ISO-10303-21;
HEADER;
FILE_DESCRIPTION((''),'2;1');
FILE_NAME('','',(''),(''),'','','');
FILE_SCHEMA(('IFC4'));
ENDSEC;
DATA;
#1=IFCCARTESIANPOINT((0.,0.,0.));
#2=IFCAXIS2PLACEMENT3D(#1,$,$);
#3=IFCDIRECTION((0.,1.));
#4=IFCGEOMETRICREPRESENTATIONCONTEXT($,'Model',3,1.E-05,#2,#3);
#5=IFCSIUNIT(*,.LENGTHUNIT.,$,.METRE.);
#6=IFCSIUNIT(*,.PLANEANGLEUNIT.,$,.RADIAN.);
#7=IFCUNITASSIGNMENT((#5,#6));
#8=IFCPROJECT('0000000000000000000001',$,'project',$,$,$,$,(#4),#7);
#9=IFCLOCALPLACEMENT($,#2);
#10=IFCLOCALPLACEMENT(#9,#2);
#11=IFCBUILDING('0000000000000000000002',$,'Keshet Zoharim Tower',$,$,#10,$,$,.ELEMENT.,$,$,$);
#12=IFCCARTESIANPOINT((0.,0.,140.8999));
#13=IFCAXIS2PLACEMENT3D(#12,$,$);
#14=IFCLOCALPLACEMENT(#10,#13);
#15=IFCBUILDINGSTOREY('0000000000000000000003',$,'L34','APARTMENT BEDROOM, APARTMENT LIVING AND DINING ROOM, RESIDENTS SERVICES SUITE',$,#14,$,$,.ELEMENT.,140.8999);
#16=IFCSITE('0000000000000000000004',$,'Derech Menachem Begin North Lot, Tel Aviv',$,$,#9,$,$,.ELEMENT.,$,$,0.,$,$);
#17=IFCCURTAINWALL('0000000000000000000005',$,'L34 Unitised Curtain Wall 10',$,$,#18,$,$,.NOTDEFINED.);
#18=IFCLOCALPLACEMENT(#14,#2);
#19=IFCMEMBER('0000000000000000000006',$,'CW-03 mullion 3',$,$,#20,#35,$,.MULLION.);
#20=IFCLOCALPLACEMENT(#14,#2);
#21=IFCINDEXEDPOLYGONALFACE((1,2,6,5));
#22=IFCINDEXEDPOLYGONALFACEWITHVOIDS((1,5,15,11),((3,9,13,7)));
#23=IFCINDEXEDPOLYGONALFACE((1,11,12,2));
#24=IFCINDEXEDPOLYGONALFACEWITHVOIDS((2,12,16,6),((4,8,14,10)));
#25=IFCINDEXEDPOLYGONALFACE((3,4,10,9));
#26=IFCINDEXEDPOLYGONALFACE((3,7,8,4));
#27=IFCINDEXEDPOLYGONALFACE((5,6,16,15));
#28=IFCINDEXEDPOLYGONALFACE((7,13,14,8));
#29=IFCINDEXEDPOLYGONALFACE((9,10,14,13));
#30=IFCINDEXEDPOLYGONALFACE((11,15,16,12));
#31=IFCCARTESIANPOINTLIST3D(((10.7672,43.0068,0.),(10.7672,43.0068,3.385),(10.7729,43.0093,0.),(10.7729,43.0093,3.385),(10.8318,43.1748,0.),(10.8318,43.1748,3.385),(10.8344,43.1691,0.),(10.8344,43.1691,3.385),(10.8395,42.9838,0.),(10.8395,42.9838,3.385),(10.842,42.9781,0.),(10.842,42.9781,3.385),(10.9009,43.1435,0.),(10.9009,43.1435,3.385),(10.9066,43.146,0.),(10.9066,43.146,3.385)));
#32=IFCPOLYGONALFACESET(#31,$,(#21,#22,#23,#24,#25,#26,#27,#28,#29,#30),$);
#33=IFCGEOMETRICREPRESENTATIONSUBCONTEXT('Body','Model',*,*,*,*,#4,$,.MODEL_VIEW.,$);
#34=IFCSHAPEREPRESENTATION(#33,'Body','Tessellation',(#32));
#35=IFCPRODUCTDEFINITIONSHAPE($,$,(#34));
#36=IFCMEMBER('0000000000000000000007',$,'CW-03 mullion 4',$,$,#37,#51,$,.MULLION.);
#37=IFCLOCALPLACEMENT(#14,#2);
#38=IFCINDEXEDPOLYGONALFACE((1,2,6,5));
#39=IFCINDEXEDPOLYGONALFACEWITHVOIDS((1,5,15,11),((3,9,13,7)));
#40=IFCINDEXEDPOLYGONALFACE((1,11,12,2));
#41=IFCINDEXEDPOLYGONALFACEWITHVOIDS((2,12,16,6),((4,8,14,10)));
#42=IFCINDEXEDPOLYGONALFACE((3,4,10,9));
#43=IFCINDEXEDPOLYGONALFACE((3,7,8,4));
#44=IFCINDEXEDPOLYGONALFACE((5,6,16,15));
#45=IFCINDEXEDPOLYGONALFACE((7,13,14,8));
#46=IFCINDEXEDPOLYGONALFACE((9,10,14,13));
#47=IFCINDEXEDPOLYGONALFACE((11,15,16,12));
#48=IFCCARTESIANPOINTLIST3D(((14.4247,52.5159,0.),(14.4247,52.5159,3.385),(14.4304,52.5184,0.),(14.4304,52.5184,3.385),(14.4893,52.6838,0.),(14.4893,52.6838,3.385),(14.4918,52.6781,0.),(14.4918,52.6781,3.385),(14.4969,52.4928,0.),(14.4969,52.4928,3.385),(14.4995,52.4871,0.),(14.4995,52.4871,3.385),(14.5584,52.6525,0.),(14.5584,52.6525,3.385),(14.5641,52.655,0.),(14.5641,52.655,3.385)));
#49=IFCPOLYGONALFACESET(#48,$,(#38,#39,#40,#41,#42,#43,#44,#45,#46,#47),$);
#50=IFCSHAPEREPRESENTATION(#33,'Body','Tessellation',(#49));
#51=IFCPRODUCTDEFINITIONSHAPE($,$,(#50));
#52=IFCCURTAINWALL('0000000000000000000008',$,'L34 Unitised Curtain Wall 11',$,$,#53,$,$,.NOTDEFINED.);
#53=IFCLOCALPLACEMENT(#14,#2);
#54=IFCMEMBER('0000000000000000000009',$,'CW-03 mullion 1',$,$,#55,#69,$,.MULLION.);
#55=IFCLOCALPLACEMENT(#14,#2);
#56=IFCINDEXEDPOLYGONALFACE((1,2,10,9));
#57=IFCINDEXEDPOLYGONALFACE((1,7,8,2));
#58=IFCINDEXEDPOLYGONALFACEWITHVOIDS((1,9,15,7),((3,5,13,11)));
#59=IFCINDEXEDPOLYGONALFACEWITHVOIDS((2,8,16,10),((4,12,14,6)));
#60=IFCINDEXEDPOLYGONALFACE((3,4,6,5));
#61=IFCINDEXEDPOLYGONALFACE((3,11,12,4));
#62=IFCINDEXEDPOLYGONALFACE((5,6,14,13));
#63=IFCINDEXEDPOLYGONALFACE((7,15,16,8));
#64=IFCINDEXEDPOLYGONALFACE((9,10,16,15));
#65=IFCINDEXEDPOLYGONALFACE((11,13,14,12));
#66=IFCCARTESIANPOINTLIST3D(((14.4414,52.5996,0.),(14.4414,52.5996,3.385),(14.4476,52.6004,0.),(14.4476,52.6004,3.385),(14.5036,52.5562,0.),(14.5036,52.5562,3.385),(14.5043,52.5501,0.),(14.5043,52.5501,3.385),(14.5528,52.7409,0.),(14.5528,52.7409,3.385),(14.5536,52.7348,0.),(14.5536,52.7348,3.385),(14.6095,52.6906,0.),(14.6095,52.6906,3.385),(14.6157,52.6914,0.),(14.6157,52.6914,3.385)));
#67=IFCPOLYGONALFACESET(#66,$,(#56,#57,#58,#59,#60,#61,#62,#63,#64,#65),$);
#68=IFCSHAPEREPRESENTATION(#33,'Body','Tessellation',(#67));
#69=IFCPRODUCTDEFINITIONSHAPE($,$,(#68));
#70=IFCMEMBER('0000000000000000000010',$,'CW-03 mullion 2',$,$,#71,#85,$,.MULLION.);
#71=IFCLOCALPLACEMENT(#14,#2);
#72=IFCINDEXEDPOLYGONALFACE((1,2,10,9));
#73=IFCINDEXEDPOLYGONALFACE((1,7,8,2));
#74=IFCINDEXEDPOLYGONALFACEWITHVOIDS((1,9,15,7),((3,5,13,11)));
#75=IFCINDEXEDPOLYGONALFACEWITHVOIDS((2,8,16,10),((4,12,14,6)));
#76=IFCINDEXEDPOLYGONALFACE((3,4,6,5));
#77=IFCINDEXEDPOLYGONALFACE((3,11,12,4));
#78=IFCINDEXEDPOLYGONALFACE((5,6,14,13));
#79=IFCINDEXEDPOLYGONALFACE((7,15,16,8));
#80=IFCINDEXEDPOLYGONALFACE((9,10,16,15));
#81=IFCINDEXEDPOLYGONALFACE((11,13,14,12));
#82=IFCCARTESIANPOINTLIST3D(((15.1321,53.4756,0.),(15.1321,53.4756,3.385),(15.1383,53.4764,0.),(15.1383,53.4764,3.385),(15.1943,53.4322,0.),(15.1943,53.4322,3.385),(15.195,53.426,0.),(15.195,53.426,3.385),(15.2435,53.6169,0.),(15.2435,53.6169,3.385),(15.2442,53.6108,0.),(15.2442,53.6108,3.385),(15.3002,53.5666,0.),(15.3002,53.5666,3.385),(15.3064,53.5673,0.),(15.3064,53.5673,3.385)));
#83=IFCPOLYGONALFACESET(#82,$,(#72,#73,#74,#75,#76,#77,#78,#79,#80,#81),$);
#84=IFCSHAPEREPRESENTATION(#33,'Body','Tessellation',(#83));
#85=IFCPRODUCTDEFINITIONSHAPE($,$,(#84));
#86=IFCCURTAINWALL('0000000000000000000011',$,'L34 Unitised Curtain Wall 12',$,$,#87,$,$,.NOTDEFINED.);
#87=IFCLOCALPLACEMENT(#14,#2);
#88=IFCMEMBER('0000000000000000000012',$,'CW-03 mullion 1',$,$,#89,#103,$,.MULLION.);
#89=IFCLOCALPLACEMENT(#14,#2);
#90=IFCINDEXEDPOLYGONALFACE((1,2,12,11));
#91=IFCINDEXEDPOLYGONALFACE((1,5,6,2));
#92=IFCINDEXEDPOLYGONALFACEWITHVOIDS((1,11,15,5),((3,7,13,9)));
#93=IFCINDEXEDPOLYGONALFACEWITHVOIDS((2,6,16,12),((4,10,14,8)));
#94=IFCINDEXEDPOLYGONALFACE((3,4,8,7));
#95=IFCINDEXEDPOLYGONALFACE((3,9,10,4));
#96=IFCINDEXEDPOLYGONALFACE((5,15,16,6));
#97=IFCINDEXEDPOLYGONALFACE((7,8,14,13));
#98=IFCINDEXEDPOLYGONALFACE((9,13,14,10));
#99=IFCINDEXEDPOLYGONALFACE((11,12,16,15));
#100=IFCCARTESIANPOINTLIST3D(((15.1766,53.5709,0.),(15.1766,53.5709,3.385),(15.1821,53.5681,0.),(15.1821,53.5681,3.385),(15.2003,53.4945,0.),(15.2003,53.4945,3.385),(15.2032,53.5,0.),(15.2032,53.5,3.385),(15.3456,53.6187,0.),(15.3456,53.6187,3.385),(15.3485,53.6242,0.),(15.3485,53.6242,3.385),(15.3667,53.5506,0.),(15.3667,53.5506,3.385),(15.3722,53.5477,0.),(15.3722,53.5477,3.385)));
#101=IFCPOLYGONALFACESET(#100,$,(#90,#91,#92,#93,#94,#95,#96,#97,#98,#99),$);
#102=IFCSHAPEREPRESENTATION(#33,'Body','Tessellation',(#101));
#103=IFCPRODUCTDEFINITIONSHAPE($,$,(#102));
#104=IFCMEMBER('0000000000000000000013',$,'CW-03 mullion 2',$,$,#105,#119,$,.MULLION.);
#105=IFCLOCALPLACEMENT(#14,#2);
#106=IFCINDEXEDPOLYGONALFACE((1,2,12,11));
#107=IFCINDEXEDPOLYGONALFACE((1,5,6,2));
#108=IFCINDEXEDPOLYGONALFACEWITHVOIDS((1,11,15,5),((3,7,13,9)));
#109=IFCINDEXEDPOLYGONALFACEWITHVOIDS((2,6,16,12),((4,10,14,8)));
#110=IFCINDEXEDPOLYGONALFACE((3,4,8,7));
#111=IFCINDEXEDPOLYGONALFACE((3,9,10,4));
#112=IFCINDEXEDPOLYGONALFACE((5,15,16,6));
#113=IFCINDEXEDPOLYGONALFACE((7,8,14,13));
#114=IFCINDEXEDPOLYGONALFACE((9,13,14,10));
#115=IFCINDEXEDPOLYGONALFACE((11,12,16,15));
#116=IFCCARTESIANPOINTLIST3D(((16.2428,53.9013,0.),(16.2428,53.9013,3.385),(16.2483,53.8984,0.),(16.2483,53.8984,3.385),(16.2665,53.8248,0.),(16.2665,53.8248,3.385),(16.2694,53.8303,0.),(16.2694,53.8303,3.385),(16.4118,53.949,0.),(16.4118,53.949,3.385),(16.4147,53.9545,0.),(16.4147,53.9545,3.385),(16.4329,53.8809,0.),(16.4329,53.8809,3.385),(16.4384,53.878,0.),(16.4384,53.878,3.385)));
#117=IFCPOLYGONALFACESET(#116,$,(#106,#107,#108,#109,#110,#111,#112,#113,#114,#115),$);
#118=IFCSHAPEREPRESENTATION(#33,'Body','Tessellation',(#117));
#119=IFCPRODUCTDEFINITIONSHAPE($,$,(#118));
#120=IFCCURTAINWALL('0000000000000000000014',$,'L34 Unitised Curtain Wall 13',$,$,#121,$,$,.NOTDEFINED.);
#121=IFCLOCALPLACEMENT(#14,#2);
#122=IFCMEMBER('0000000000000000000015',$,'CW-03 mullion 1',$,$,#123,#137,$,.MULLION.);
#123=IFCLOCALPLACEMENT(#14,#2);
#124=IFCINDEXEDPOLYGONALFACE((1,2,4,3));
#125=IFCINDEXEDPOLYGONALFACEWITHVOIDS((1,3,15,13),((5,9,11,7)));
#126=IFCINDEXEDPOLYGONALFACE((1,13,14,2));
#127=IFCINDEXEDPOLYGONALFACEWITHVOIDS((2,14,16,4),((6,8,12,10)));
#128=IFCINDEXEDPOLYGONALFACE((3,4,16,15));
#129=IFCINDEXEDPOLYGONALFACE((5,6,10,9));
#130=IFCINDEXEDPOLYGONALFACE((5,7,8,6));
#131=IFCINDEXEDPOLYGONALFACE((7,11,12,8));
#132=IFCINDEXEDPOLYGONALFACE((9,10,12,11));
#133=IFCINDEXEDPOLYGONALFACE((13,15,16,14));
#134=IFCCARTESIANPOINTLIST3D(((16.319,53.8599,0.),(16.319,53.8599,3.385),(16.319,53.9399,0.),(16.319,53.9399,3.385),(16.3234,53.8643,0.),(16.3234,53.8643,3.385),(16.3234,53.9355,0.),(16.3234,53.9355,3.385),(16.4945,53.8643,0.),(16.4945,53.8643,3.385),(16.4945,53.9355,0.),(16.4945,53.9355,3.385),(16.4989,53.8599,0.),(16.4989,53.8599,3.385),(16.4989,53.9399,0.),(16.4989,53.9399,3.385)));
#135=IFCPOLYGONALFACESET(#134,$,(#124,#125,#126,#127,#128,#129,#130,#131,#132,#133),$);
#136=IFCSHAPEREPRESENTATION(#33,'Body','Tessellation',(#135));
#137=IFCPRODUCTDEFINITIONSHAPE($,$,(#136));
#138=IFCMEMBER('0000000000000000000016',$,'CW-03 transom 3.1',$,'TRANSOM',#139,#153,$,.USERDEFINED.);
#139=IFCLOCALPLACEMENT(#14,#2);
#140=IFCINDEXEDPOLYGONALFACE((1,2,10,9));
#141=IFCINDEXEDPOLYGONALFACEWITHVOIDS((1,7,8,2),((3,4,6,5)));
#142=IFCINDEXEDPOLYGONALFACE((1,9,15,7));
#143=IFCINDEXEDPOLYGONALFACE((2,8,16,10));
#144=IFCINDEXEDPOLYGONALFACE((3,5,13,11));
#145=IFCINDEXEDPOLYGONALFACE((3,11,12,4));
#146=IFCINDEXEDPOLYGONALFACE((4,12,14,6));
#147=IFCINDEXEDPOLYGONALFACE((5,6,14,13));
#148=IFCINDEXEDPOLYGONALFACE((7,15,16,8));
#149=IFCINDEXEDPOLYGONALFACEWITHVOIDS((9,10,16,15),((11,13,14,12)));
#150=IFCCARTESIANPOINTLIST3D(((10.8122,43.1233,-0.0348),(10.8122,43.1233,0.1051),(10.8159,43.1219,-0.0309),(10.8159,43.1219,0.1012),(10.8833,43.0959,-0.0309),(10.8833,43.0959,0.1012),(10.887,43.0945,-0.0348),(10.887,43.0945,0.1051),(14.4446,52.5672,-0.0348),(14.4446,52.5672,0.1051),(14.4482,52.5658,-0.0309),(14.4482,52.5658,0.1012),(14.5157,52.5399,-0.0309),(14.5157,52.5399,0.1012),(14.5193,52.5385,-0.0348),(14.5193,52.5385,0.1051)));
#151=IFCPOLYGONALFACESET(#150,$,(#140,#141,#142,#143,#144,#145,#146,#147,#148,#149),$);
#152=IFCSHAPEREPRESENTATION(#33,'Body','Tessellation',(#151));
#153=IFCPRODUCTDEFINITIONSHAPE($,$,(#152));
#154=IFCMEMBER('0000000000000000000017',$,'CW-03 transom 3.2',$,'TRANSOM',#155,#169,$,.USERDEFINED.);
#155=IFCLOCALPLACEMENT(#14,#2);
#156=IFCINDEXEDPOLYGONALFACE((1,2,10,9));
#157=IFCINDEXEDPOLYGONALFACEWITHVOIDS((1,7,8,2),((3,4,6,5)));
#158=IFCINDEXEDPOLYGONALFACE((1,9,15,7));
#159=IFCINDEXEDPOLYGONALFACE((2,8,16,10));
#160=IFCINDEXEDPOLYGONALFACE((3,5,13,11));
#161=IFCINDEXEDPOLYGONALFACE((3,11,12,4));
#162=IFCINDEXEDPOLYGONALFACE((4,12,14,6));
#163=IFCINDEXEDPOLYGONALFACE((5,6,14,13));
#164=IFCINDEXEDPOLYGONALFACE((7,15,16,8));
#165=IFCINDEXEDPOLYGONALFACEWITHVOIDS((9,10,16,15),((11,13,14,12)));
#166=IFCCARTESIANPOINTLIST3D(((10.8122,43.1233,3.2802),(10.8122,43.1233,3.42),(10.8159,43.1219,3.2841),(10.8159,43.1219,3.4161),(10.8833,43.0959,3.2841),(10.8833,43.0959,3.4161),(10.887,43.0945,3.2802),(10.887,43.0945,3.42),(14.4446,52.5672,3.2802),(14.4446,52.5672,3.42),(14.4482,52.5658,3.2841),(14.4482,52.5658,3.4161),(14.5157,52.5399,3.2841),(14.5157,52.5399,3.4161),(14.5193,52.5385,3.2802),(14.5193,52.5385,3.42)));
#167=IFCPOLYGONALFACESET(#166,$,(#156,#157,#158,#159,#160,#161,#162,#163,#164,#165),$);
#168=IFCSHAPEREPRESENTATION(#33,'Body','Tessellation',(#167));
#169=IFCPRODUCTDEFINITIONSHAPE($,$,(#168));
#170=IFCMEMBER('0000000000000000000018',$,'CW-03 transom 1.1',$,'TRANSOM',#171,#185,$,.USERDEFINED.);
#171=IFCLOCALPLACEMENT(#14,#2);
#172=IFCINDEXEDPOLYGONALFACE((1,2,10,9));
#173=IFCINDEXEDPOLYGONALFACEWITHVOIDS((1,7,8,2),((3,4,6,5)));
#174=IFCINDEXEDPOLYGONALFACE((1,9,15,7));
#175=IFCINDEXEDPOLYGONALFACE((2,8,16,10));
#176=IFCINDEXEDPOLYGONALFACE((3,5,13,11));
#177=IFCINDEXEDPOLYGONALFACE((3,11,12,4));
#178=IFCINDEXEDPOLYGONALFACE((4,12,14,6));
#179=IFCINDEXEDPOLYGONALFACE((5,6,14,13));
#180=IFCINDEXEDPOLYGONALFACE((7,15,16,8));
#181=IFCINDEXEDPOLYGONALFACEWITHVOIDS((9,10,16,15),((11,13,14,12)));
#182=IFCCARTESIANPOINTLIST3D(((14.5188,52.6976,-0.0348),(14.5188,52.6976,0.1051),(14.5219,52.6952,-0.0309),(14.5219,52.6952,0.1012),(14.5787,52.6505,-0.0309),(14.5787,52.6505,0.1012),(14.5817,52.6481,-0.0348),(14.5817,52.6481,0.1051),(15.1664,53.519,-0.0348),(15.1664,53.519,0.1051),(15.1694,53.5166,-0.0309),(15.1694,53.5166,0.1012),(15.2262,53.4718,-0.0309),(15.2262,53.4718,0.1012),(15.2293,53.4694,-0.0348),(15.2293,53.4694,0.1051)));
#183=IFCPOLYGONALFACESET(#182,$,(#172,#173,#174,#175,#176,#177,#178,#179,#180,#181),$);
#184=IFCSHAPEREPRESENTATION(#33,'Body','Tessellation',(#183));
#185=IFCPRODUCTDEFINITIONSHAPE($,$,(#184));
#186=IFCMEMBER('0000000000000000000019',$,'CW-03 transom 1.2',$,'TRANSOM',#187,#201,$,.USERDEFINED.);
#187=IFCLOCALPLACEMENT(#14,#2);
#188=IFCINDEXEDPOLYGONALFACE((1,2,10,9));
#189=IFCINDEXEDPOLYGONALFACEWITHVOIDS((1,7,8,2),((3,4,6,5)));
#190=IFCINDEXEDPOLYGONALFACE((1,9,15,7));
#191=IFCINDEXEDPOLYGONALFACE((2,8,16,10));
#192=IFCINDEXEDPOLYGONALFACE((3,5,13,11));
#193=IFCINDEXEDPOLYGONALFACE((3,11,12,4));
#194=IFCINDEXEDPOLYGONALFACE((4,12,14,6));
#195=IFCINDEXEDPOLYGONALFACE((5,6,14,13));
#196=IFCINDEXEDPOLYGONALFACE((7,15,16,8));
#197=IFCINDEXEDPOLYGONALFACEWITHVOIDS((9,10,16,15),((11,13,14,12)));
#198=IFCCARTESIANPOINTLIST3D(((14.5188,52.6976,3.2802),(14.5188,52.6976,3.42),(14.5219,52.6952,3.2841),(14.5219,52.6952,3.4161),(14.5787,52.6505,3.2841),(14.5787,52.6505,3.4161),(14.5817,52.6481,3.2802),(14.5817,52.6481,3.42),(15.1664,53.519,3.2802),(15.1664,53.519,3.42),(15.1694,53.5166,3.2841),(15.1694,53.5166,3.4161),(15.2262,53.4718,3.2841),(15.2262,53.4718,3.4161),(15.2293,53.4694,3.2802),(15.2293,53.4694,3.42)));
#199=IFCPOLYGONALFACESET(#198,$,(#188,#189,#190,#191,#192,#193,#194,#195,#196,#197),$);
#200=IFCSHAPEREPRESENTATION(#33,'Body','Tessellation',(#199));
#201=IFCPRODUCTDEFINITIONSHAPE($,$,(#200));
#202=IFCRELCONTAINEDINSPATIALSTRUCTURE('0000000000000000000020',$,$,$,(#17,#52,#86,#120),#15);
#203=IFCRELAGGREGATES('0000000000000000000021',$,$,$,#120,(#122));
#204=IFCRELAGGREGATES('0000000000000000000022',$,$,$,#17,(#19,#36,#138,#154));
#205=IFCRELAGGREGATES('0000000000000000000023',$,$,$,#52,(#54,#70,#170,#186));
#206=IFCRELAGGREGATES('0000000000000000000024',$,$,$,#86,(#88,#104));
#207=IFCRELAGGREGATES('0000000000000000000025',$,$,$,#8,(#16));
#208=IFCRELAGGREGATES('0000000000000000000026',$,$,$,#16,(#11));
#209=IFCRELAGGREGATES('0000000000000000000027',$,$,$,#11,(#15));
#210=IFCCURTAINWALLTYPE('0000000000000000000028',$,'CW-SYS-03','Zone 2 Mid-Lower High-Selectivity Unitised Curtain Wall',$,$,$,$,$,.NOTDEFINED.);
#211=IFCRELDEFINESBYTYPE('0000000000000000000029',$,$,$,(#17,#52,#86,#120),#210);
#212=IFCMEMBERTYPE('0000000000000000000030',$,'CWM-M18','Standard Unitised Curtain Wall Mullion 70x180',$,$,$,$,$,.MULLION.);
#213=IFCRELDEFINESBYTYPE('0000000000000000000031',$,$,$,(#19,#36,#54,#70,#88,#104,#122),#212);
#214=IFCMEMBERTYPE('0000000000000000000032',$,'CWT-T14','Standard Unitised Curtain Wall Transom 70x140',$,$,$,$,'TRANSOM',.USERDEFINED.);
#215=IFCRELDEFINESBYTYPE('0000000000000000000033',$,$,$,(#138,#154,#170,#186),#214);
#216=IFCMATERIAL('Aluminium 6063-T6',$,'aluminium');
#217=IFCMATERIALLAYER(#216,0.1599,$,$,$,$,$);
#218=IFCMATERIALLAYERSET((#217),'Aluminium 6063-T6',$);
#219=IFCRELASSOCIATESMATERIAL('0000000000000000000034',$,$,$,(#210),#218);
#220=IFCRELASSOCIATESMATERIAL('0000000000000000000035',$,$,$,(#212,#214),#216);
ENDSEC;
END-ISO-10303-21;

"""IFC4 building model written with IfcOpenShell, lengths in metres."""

from ifc_helpers import new_model, si_unit, direction, frame, origin, origin_2d, place, context, subcontext, project, spatial, hollow_rectangle, extrude, material, layer, layer_set, material_profile, profile_set, type_object, element, aggregate, save


model = new_model("IFC4")

# Units and contexts
model_context = context("Model", 3, precision=1e-05, world=origin(), true_north=direction((0.0, 1.0)))
body_context = subcontext(model_context, "Body", "Model", "MODEL_VIEW")
ifc_project = project(units=[si_unit("LENGTHUNIT", "METRE"), si_unit("PLANEANGLEUNIT", "RADIAN")], contexts=[model_context])

# Site, building, storey
site_placement = place(None, origin())
site = spatial("IfcSite", under=ifc_project, at=site_placement, Name="Derech Menachem Begin North Lot, Tel Aviv", CompositionType="ELEMENT", RefElevation=0.0)
building_placement = place(site_placement, origin())
building = spatial("IfcBuilding", under=site, at=building_placement, Name="Keshet Zoharim Tower", CompositionType="ELEMENT")
storey_placement = place(building_placement, frame((0.0, 0.0, 140.8999)))
storey = spatial("IfcBuildingStorey", under=building, at=storey_placement, Name="L34", Description="APARTMENT BEDROOM, APARTMENT LIVING AND DINING ROOM, RESIDENTS SERVICES SUITE", CompositionType="ELEMENT", Elevation=140.8999)

# Curtain walls, members
ifc_material_1 = material(Name="Aluminium 6063-T6", Category="aluminium")
ifc_layer_1 = layer(ifc_material_1, 0.1599)
ifc_layer_set_1 = layer_set([ifc_layer_1], Name="Aluminium 6063-T6")
curtain_wall_type = type_object("IfcCurtainWallType", Name="CW-SYS-03", Description="Zone 2 Mid-Lower High-Selectivity Unitised Curtain Wall", PredefinedType="NOTDEFINED", material=ifc_layer_set_1)
curtain_wall_1_placement = place(storey_placement, origin())
curtain_wall_1 = element("IfcCurtainWall", 1, at=curtain_wall_1_placement, inside=storey, type_object=curtain_wall_type, Name="L34 Unitised Curtain Wall 10", PredefinedType="NOTDEFINED")
ifc_material_profile_1 = material_profile(ifc_material_1, hollow_rectangle(XDim=0.0801, YDim=0.1799, WallThickness=0.0044, at=origin_2d()), Name="MUL-80x180")
ifc_profile_set_1 = profile_set([ifc_material_profile_1], Name="Aluminium 6063-T6")
member_type_1 = type_object("IfcMemberType", Name="CWM-M18", Description="Standard Unitised Curtain Wall Mullion 70x180", PredefinedType="MULLION", material=ifc_profile_set_1)
member_1_placement = place(storey_placement, frame((10.8369, 43.0764, 0.0), z_axis=(0.0, 0.0, 1.0), x_axis=(-0.933341, 0.35899, 0.0)))
member_1 = element("IfcMember", 2, at=member_1_placement, type_object=member_type_1, Name="CW-03 mullion 3", PredefinedType="MULLION", context=body_context, shape_type="SweptSolid", body=[
    extrude(hollow_rectangle(XDim=0.0801, YDim=0.1799, WallThickness=0.0044, at=origin_2d()), origin(), (0.0, 0.0, 1.0), 3.385),
])
member_2_placement = place(storey_placement, frame((14.4944, 52.5854, 0.0), z_axis=(0.0, 0.0, 1.0), x_axis=(-0.933341, 0.35899, 0.0)))
member_2 = element("IfcMember", 3, at=member_2_placement, type_object=member_type_1, Name="CW-03 mullion 4", PredefinedType="MULLION", context=body_context, shape_type="SweptSolid", body=[
    extrude(hollow_rectangle(XDim=0.0801, YDim=0.1799, WallThickness=0.0044, at=origin_2d()), origin(), (0.0, 0.0, 1.0), 3.385),
])
curtain_wall_2_placement = place(storey_placement, origin())
curtain_wall_2 = element("IfcCurtainWall", 4, at=curtain_wall_2_placement, inside=storey, type_object=curtain_wall_type, Name="L34 Unitised Curtain Wall 11", PredefinedType="NOTDEFINED")
member_3_placement = place(storey_placement, frame((14.5286, 52.6455, 0.0), z_axis=(0.0, 0.0, 1.0), x_axis=(-0.785293, 0.619125, 0.0)))
member_3 = element("IfcMember", 5, at=member_3_placement, type_object=member_type_1, Name="CW-03 mullion 1", PredefinedType="MULLION", context=body_context, shape_type="SweptSolid", body=[
    extrude(hollow_rectangle(XDim=0.0801, YDim=0.1799, WallThickness=0.0044, at=origin_2d()), origin(), (0.0, 0.0, 1.0), 3.385),
])
member_4_placement = place(storey_placement, frame((15.2192, 53.5215, 0.0), z_axis=(0.0, 0.0, 1.0), x_axis=(-0.785293, 0.619125, 0.0)))
member_4 = element("IfcMember", 6, at=member_4_placement, type_object=member_type_1, Name="CW-03 mullion 2", PredefinedType="MULLION", context=body_context, shape_type="SweptSolid", body=[
    extrude(hollow_rectangle(XDim=0.0801, YDim=0.1799, WallThickness=0.0044, at=origin_2d()), origin(), (0.0, 0.0, 1.0), 3.385),
])
curtain_wall_3_placement = place(storey_placement, origin())
curtain_wall_3 = element("IfcCurtainWall", 7, at=curtain_wall_3_placement, inside=storey, type_object=curtain_wall_type, Name="L34 Unitised Curtain Wall 12", PredefinedType="NOTDEFINED")
member_5_placement = place(storey_placement, frame((15.2744, 53.5593, 0.0), z_axis=(0.0, 0.0, 1.0), x_axis=(-0.295922, 0.955212, 0.0)))
member_5 = element("IfcMember", 8, at=member_5_placement, type_object=member_type_1, Name="CW-03 mullion 1", PredefinedType="MULLION", context=body_context, shape_type="SweptSolid", body=[
    extrude(hollow_rectangle(XDim=0.0801, YDim=0.1799, WallThickness=0.0044, at=origin_2d()), origin(), (0.0, 0.0, 1.0), 3.385),
])
member_6_placement = place(storey_placement, frame((16.3406, 53.8896, 0.0), z_axis=(0.0, 0.0, 1.0), x_axis=(-0.295922, 0.955212, 0.0)))
member_6 = element("IfcMember", 9, at=member_6_placement, type_object=member_type_1, Name="CW-03 mullion 2", PredefinedType="MULLION", context=body_context, shape_type="SweptSolid", body=[
    extrude(hollow_rectangle(XDim=0.0801, YDim=0.1799, WallThickness=0.0044, at=origin_2d()), origin(), (0.0, 0.0, 1.0), 3.385),
])

# Curtain wall, member
curtain_wall_4_placement = place(storey_placement, origin())
curtain_wall_4 = element("IfcCurtainWall", 10, at=curtain_wall_4_placement, inside=storey, type_object=curtain_wall_type, Name="L34 Unitised Curtain Wall 13", PredefinedType="NOTDEFINED")
member_7_placement = place(storey_placement, frame((16.4089, 53.8999, 0.0), z_axis=(0.0, 0.0, 1.0), x_axis=(0.0, 1.0, 0.0)))
member_7 = element("IfcMember", 11, at=member_7_placement, type_object=member_type_1, Name="CW-03 mullion 1", PredefinedType="MULLION", context=body_context, shape_type="SweptSolid", body=[
    extrude(hollow_rectangle(XDim=0.0801, YDim=0.1799, WallThickness=0.0044, at=origin_2d()), origin(), (0.0, 0.0, 1.0), 3.385),
])

# Members
ifc_material_profile_2 = material_profile(ifc_material_1, hollow_rectangle(XDim=0.0801, YDim=0.1399, WallThickness=0.0039, at=origin_2d()), Name="TRN-80x140")
ifc_profile_set_2 = profile_set([ifc_material_profile_2], Name="Aluminium 6063-T6")
member_type_2 = type_object("IfcMemberType", Name="CWT-T14", Description="Standard Unitised Curtain Wall Transom 70x140", ElementType="TRANSOM", PredefinedType="USERDEFINED", material=ifc_profile_set_2)
member_8_placement = place(storey_placement, frame((10.8496, 43.1089, 0.0352), z_axis=(0.358986, 0.933343, 0.0), x_axis=(-0.933343, 0.358986, 0.0)))
member_8 = element("IfcMember", 12, at=member_8_placement, type_object=member_type_2, Name="CW-03 transom 3.1", ObjectType="TRANSOM", PredefinedType="USERDEFINED", context=body_context, shape_type="SweptSolid", body=[
    extrude(hollow_rectangle(XDim=0.0801, YDim=0.1399, WallThickness=0.0039, at=origin_2d()), origin(), (0.0, 0.0, 1.0), 10.1184),
])
member_9_placement = place(storey_placement, frame((10.8496, 43.1089, 3.3501), z_axis=(0.358986, 0.933343, 0.0), x_axis=(-0.933343, 0.358986, 0.0)))
member_9 = element("IfcMember", 13, at=member_9_placement, type_object=member_type_2, Name="CW-03 transom 3.2", ObjectType="TRANSOM", PredefinedType="USERDEFINED", context=body_context, shape_type="SweptSolid", body=[
    extrude(hollow_rectangle(XDim=0.0801, YDim=0.1399, WallThickness=0.0039, at=origin_2d()), origin(), (0.0, 0.0, 1.0), 10.1184),
])
member_10_placement = place(storey_placement, frame((14.5503, 52.6729, 0.0352), z_axis=(0.619099, 0.785313, 0.0), x_axis=(-0.785313, 0.619099, 0.0)))
member_10 = element("IfcMember", 14, at=member_10_placement, type_object=member_type_2, Name="CW-03 transom 1.1", ObjectType="TRANSOM", PredefinedType="USERDEFINED", context=body_context, shape_type="SweptSolid", body=[
    extrude(hollow_rectangle(XDim=0.0801, YDim=0.1399, WallThickness=0.0039, at=origin_2d()), origin(), (0.0, 0.0, 1.0), 1.0459),
])
member_11_placement = place(storey_placement, frame((14.5503, 52.6729, 3.3501), z_axis=(0.619099, 0.785313, 0.0), x_axis=(-0.785313, 0.619099, 0.0)))
member_11 = element("IfcMember", 15, at=member_11_placement, type_object=member_type_2, Name="CW-03 transom 1.2", ObjectType="TRANSOM", PredefinedType="USERDEFINED", context=body_context, shape_type="SweptSolid", body=[
    extrude(hollow_rectangle(XDim=0.0801, YDim=0.1399, WallThickness=0.0039, at=origin_2d()), origin(), (0.0, 0.0, 1.0), 1.0459),
])
aggregate(curtain_wall_4, [member_7])

aggregate(curtain_wall_1, [member_1, member_2, member_8, member_9])
aggregate(curtain_wall_2, [member_3, member_4, member_10, member_11])
aggregate(curtain_wall_3, [member_5, member_6])

save(model, "model.ifc")
